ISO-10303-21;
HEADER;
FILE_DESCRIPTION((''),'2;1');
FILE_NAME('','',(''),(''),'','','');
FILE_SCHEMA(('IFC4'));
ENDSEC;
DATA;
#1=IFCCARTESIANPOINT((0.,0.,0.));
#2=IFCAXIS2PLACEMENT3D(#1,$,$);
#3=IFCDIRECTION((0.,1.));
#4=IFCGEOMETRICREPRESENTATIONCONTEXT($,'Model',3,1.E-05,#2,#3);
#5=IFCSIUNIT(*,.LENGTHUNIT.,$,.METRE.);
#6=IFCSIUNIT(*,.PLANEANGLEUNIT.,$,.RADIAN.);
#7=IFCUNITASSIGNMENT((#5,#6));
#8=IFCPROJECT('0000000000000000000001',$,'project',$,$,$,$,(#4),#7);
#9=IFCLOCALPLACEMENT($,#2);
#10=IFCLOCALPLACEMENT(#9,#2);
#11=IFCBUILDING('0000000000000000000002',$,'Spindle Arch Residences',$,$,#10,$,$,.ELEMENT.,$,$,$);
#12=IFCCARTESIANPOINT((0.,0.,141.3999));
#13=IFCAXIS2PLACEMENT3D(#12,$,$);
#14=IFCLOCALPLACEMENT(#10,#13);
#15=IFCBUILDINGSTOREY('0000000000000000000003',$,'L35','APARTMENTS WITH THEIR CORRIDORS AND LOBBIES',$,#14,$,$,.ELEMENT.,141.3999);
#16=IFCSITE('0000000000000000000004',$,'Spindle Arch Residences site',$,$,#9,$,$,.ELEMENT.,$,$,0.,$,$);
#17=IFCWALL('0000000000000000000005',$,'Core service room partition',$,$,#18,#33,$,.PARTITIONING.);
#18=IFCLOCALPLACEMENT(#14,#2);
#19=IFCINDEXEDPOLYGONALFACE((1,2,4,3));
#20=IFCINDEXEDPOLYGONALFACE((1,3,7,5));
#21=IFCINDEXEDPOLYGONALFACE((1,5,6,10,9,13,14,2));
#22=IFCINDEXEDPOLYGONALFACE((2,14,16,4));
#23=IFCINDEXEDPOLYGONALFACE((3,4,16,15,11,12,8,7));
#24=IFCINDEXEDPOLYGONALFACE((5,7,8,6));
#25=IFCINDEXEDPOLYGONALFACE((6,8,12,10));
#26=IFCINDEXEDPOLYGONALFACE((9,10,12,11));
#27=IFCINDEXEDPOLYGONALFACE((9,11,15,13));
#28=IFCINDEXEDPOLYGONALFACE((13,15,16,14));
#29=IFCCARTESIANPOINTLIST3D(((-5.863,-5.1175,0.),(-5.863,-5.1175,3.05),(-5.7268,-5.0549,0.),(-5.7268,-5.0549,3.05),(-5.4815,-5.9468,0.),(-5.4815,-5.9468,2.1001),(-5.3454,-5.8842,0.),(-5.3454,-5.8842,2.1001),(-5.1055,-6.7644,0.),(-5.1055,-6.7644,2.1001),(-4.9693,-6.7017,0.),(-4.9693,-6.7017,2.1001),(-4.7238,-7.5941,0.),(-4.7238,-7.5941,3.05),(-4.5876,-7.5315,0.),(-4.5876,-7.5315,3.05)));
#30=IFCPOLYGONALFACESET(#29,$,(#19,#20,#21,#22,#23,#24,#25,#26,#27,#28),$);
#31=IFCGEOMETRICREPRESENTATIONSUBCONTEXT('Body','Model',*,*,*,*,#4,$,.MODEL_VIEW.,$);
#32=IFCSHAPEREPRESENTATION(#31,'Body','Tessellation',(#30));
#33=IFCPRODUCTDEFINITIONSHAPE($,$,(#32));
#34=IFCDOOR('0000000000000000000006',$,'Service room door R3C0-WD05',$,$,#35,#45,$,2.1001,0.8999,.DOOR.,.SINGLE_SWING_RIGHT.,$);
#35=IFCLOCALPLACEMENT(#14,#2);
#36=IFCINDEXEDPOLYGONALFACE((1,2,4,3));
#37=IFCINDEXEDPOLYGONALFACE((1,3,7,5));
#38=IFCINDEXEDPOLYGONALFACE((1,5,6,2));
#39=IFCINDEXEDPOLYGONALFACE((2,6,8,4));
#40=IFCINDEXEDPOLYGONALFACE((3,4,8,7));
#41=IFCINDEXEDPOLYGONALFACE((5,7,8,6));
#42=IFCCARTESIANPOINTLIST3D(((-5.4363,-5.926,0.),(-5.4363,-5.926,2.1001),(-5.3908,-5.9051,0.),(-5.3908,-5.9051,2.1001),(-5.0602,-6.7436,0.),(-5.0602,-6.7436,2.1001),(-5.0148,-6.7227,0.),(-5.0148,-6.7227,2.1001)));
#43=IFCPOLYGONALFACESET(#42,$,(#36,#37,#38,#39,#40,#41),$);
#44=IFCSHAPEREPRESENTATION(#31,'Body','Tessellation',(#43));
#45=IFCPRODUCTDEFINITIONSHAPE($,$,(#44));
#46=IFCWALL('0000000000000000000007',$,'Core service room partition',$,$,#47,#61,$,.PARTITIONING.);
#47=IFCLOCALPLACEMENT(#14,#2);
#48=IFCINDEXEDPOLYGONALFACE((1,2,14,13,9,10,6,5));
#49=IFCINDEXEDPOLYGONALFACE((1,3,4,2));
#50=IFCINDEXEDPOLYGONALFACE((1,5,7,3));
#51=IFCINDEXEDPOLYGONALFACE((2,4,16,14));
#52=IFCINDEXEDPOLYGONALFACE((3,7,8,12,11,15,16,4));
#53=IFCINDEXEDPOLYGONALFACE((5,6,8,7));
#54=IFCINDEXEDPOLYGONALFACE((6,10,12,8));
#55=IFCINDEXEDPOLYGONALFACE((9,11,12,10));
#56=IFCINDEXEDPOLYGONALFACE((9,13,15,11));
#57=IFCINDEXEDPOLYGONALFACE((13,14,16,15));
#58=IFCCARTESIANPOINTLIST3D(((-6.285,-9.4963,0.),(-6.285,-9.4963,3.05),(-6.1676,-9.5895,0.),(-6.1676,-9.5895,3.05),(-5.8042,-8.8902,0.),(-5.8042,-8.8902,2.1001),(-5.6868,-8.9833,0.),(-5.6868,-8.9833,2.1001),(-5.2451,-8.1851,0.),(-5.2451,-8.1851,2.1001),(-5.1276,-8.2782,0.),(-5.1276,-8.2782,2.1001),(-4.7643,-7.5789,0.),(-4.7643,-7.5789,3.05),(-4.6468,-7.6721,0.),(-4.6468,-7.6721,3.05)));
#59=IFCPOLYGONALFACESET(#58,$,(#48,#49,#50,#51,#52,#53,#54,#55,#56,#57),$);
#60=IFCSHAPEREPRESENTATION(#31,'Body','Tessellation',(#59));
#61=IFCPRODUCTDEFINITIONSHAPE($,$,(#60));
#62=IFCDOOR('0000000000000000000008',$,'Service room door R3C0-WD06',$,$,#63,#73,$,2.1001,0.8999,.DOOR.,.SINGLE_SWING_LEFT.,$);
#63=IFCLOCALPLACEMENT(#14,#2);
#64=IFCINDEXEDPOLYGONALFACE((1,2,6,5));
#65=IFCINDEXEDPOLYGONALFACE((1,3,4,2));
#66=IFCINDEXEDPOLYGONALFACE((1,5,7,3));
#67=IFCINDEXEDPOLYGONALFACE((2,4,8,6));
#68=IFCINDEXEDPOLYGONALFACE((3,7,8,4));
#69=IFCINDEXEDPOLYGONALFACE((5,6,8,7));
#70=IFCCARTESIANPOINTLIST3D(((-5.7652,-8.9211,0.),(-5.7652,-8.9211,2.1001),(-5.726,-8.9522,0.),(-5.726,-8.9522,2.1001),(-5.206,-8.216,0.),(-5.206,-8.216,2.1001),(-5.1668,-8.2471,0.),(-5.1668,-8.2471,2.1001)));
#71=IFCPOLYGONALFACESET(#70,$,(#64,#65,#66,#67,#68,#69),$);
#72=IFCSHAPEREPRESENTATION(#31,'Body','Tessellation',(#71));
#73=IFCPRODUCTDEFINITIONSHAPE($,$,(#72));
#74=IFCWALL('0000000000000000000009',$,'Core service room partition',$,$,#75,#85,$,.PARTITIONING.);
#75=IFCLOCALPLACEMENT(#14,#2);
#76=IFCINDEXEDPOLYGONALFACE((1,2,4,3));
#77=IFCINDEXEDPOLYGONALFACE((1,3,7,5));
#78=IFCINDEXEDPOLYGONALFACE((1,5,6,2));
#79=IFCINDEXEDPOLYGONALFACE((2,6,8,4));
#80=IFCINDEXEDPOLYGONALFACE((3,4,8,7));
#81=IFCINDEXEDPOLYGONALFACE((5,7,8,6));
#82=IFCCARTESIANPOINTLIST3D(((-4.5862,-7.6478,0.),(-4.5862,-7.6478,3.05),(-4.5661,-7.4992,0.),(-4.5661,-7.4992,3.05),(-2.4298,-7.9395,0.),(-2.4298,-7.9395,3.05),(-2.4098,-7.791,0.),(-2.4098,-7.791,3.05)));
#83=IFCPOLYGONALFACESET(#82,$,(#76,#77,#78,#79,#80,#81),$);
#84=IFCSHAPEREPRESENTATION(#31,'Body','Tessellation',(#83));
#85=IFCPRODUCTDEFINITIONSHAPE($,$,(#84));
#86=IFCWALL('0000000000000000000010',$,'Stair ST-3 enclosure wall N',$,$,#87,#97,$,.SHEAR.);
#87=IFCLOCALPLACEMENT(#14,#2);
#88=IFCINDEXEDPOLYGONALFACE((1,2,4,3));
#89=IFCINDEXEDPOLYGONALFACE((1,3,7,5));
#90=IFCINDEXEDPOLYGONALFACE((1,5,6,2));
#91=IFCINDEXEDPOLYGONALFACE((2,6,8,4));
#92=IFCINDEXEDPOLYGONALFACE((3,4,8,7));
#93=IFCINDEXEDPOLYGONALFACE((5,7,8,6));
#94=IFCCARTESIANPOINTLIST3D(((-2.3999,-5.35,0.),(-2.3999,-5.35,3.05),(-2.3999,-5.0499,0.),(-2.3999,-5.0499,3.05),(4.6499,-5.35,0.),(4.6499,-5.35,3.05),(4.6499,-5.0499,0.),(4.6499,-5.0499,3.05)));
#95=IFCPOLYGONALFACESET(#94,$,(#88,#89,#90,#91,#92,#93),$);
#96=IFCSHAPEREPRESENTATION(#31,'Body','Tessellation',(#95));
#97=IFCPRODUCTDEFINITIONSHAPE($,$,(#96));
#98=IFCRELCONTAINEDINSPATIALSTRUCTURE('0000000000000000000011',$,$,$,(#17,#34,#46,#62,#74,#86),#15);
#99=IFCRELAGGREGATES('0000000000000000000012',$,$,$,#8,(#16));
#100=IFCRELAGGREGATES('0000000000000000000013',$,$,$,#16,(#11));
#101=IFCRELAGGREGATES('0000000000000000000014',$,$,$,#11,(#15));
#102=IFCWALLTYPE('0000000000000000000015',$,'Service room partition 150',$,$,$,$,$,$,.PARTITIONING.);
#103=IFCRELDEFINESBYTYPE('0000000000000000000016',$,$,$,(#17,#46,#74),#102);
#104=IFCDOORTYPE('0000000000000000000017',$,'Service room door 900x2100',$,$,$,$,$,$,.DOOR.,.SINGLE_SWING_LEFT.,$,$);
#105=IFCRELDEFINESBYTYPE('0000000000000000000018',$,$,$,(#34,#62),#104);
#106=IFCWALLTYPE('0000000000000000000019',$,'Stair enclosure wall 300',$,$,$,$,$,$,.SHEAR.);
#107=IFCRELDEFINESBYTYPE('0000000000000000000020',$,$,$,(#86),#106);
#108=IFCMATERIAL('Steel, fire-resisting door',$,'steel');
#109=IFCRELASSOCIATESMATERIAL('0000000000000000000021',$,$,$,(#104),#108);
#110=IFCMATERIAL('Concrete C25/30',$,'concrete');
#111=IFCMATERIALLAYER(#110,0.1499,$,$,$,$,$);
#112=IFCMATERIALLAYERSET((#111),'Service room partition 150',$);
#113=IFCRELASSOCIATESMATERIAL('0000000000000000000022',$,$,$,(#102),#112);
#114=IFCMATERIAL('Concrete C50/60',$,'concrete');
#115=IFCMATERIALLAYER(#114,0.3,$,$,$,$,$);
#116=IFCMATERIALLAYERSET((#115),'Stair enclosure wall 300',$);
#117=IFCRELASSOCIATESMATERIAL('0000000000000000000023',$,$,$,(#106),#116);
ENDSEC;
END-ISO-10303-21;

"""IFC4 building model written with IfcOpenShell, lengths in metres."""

from ifc_helpers import new_model, si_unit, direction, frame, frame_2d, origin, place, context, subcontext, project, spatial, rectangle, extrude, material, layer, layer_set, type_object, element, fill, save


model = new_model("IFC4")

# Units and contexts
model_context = context("Model", 3, precision=1e-05, world=origin(), true_north=direction((0.0, 1.0)))
body_context = subcontext(model_context, "Body", "Model", "MODEL_VIEW")
ifc_project = project(units=[si_unit("LENGTHUNIT", "METRE"), si_unit("PLANEANGLEUNIT", "RADIAN")], contexts=[model_context])

# Site, building, storey
site_placement = place(None, origin())
site = spatial("IfcSite", under=ifc_project, at=site_placement, Name="Spindle Arch Residences site", CompositionType="ELEMENT", RefElevation=0.0)
building_placement = place(site_placement, origin())
building = spatial("IfcBuilding", under=site, at=building_placement, Name="Spindle Arch Residences", CompositionType="ELEMENT")
storey_placement = place(building_placement, frame((0.0, 0.0, 141.3999)))
storey = spatial("IfcBuildingStorey", under=building, at=storey_placement, Name="L35", Description="APARTMENTS WITH THEIR CORRIDORS AND LOBBIES", CompositionType="ELEMENT", Elevation=141.3999)

# Shared definitions
ifc_material_1 = material(Name="Steel, fire-resisting door", Category="steel")
door_type_1 = type_object("IfcDoorType", Name="Service room door 900x2100", OperationType="SINGLE_SWING_LEFT", PredefinedType="DOOR", material=ifc_material_1)

# Walls, openings, doors
ifc_material_2 = material(Name="Concrete C25/30", Category="concrete")
ifc_layer_1 = layer(ifc_material_2, 0.1499)
ifc_layer_set_1 = layer_set([ifc_layer_1], Name="Service room partition 150")
wall_type_1 = type_object("IfcWallType", Name="Service room partition 150", PredefinedType="PARTITIONING", material=ifc_layer_set_1)
wall_1_placement = place(storey_placement, frame((-5.7949, -5.0862, 0.0), z_axis=(0.0, 0.0, 1.0), x_axis=(0.417888, -0.908499, 0.0)))
wall_1 = element("IfcWall", 1, at=wall_1_placement, inside=storey, type_object=wall_type_1, Name="Core service room partition", PredefinedType="PARTITIONING", context=body_context, shape_type="SweptSolid", body=[
    extrude(rectangle(XDim=2.7261, YDim=0.1499, at=frame_2d((1.363, 0.0))), origin(), (0.0, 0.0, 1.0), 3.05),
])
opening_1_placement = place(wall_1_placement, frame((0.9128, 0.0, 0.0)))
opening_1 = element("IfcOpeningElement", 2, at=opening_1_placement, cuts=wall_1, PredefinedType="OPENING", context=body_context, shape_type="SweptSolid", body=[
    extrude(rectangle(XDim=0.8999, YDim=2.1001, at=frame_2d((0.45, 1.05))), frame((0.0, 0.085, 0.0), z_axis=(0.0, -1.0, 0.0), x_axis=(1.0, 0.0, 0.0)), (0.0, 0.0, 1.0), 0.1699),
])
door_1_placement = place(opening_1_placement, origin())
door_1 = element("IfcDoor", 3, at=door_1_placement, inside=storey, type_object=door_type_1, Name="Service room door R3C0-WD05", OperationType="SINGLE_SWING_RIGHT", OverallHeight=2.1001, OverallWidth=0.8999, PredefinedType="DOOR", context=body_context, shape_type="SweptSolid", body=[
    extrude(rectangle(XDim=0.8999, YDim=2.1001, at=frame_2d((0.45, 1.05))), frame((0.0, 0.0249, 0.0), z_axis=(0.0, -1.0, 0.0), x_axis=(1.0, 0.0, 0.0)), (0.0, 0.0, 1.0), 0.05),
])
fill(opening_1, door_1)
wall_2_placement = place(storey_placement, frame((-4.7056, -7.6255, 0.0), z_axis=(0.0, 0.0, 1.0), x_axis=(-0.621393, -0.783499, 0.0)))
wall_2 = element("IfcWall", 4, at=wall_2_placement, inside=storey, type_object=wall_type_1, Name="Core service room partition", PredefinedType="PARTITIONING", context=body_context, shape_type="SweptSolid", body=[
    extrude(rectangle(XDim=2.4473, YDim=0.1499, at=frame_2d((1.2236, 0.0))), origin(), (0.0, 0.0, 1.0), 3.05),
])
opening_2_placement = place(wall_2_placement, frame((0.7737, 0.0, 0.0)))
opening_2 = element("IfcOpeningElement", 5, at=opening_2_placement, cuts=wall_2, PredefinedType="OPENING", context=body_context, shape_type="SweptSolid", body=[
    extrude(rectangle(XDim=0.8999, YDim=2.1001, at=frame_2d((0.45, 1.05))), frame((0.0, 0.085, 0.0), z_axis=(0.0, -1.0, 0.0), x_axis=(1.0, 0.0, 0.0)), (0.0, 0.0, 1.0), 0.1699),
])
door_2_placement = place(opening_2_placement, origin())
door_2 = element("IfcDoor", 6, at=door_2_placement, inside=storey, type_object=door_type_1, Name="Service room door R3C0-WD06", OperationType="SINGLE_SWING_LEFT", OverallHeight=2.1001, OverallWidth=0.8999, PredefinedType="DOOR", context=body_context, shape_type="SweptSolid", body=[
    extrude(rectangle(XDim=0.8999, YDim=2.1001, at=frame_2d((0.45, 1.05))), frame((0.0, 0.0249, 0.0), z_axis=(0.0, -1.0, 0.0), x_axis=(1.0, 0.0, 0.0)), (0.0, 0.0, 1.0), 0.05),
])
fill(opening_2, door_2)

# Walls
wall_3_placement = place(storey_placement, frame((-2.4199, -7.8652, 0.0), z_axis=(0.0, 0.0, 1.0), x_axis=(-0.990972, 0.134067, 0.0)))
element("IfcWall", 7, at=wall_3_placement, inside=storey, type_object=wall_type_1, Name="Core service room partition", PredefinedType="PARTITIONING", context=body_context, shape_type="SweptSolid", body=[
    extrude(rectangle(XDim=2.176, YDim=0.1499, at=frame_2d((1.0879, 0.0))), origin(), (0.0, 0.0, 1.0), 3.05),
])
ifc_material_3 = material(Name="Concrete C50/60", Category="concrete")
ifc_layer_2 = layer(ifc_material_3, 0.3)
ifc_layer_set_2 = layer_set([ifc_layer_2], Name="Stair enclosure wall 300")
wall_type_2 = type_object("IfcWallType", Name="Stair enclosure wall 300", PredefinedType="SHEAR", material=ifc_layer_set_2)
wall_4_placement = place(storey_placement, frame((-2.3999, -5.2, 0.0), z_axis=(0.0, 0.0, 1.0), x_axis=(1.0, 0.0, 0.0)))
element("IfcWall", 8, at=wall_4_placement, inside=storey, type_object=wall_type_2, Name="Stair ST-3 enclosure wall N", PredefinedType="SHEAR", context=body_context, shape_type="SweptSolid", body=[
    extrude(rectangle(XDim=7.0498, YDim=0.3, at=frame_2d((3.5249, 0.0))), origin(), (0.0, 0.0, 1.0), 3.05),
])

save(model, "model.ifc")
